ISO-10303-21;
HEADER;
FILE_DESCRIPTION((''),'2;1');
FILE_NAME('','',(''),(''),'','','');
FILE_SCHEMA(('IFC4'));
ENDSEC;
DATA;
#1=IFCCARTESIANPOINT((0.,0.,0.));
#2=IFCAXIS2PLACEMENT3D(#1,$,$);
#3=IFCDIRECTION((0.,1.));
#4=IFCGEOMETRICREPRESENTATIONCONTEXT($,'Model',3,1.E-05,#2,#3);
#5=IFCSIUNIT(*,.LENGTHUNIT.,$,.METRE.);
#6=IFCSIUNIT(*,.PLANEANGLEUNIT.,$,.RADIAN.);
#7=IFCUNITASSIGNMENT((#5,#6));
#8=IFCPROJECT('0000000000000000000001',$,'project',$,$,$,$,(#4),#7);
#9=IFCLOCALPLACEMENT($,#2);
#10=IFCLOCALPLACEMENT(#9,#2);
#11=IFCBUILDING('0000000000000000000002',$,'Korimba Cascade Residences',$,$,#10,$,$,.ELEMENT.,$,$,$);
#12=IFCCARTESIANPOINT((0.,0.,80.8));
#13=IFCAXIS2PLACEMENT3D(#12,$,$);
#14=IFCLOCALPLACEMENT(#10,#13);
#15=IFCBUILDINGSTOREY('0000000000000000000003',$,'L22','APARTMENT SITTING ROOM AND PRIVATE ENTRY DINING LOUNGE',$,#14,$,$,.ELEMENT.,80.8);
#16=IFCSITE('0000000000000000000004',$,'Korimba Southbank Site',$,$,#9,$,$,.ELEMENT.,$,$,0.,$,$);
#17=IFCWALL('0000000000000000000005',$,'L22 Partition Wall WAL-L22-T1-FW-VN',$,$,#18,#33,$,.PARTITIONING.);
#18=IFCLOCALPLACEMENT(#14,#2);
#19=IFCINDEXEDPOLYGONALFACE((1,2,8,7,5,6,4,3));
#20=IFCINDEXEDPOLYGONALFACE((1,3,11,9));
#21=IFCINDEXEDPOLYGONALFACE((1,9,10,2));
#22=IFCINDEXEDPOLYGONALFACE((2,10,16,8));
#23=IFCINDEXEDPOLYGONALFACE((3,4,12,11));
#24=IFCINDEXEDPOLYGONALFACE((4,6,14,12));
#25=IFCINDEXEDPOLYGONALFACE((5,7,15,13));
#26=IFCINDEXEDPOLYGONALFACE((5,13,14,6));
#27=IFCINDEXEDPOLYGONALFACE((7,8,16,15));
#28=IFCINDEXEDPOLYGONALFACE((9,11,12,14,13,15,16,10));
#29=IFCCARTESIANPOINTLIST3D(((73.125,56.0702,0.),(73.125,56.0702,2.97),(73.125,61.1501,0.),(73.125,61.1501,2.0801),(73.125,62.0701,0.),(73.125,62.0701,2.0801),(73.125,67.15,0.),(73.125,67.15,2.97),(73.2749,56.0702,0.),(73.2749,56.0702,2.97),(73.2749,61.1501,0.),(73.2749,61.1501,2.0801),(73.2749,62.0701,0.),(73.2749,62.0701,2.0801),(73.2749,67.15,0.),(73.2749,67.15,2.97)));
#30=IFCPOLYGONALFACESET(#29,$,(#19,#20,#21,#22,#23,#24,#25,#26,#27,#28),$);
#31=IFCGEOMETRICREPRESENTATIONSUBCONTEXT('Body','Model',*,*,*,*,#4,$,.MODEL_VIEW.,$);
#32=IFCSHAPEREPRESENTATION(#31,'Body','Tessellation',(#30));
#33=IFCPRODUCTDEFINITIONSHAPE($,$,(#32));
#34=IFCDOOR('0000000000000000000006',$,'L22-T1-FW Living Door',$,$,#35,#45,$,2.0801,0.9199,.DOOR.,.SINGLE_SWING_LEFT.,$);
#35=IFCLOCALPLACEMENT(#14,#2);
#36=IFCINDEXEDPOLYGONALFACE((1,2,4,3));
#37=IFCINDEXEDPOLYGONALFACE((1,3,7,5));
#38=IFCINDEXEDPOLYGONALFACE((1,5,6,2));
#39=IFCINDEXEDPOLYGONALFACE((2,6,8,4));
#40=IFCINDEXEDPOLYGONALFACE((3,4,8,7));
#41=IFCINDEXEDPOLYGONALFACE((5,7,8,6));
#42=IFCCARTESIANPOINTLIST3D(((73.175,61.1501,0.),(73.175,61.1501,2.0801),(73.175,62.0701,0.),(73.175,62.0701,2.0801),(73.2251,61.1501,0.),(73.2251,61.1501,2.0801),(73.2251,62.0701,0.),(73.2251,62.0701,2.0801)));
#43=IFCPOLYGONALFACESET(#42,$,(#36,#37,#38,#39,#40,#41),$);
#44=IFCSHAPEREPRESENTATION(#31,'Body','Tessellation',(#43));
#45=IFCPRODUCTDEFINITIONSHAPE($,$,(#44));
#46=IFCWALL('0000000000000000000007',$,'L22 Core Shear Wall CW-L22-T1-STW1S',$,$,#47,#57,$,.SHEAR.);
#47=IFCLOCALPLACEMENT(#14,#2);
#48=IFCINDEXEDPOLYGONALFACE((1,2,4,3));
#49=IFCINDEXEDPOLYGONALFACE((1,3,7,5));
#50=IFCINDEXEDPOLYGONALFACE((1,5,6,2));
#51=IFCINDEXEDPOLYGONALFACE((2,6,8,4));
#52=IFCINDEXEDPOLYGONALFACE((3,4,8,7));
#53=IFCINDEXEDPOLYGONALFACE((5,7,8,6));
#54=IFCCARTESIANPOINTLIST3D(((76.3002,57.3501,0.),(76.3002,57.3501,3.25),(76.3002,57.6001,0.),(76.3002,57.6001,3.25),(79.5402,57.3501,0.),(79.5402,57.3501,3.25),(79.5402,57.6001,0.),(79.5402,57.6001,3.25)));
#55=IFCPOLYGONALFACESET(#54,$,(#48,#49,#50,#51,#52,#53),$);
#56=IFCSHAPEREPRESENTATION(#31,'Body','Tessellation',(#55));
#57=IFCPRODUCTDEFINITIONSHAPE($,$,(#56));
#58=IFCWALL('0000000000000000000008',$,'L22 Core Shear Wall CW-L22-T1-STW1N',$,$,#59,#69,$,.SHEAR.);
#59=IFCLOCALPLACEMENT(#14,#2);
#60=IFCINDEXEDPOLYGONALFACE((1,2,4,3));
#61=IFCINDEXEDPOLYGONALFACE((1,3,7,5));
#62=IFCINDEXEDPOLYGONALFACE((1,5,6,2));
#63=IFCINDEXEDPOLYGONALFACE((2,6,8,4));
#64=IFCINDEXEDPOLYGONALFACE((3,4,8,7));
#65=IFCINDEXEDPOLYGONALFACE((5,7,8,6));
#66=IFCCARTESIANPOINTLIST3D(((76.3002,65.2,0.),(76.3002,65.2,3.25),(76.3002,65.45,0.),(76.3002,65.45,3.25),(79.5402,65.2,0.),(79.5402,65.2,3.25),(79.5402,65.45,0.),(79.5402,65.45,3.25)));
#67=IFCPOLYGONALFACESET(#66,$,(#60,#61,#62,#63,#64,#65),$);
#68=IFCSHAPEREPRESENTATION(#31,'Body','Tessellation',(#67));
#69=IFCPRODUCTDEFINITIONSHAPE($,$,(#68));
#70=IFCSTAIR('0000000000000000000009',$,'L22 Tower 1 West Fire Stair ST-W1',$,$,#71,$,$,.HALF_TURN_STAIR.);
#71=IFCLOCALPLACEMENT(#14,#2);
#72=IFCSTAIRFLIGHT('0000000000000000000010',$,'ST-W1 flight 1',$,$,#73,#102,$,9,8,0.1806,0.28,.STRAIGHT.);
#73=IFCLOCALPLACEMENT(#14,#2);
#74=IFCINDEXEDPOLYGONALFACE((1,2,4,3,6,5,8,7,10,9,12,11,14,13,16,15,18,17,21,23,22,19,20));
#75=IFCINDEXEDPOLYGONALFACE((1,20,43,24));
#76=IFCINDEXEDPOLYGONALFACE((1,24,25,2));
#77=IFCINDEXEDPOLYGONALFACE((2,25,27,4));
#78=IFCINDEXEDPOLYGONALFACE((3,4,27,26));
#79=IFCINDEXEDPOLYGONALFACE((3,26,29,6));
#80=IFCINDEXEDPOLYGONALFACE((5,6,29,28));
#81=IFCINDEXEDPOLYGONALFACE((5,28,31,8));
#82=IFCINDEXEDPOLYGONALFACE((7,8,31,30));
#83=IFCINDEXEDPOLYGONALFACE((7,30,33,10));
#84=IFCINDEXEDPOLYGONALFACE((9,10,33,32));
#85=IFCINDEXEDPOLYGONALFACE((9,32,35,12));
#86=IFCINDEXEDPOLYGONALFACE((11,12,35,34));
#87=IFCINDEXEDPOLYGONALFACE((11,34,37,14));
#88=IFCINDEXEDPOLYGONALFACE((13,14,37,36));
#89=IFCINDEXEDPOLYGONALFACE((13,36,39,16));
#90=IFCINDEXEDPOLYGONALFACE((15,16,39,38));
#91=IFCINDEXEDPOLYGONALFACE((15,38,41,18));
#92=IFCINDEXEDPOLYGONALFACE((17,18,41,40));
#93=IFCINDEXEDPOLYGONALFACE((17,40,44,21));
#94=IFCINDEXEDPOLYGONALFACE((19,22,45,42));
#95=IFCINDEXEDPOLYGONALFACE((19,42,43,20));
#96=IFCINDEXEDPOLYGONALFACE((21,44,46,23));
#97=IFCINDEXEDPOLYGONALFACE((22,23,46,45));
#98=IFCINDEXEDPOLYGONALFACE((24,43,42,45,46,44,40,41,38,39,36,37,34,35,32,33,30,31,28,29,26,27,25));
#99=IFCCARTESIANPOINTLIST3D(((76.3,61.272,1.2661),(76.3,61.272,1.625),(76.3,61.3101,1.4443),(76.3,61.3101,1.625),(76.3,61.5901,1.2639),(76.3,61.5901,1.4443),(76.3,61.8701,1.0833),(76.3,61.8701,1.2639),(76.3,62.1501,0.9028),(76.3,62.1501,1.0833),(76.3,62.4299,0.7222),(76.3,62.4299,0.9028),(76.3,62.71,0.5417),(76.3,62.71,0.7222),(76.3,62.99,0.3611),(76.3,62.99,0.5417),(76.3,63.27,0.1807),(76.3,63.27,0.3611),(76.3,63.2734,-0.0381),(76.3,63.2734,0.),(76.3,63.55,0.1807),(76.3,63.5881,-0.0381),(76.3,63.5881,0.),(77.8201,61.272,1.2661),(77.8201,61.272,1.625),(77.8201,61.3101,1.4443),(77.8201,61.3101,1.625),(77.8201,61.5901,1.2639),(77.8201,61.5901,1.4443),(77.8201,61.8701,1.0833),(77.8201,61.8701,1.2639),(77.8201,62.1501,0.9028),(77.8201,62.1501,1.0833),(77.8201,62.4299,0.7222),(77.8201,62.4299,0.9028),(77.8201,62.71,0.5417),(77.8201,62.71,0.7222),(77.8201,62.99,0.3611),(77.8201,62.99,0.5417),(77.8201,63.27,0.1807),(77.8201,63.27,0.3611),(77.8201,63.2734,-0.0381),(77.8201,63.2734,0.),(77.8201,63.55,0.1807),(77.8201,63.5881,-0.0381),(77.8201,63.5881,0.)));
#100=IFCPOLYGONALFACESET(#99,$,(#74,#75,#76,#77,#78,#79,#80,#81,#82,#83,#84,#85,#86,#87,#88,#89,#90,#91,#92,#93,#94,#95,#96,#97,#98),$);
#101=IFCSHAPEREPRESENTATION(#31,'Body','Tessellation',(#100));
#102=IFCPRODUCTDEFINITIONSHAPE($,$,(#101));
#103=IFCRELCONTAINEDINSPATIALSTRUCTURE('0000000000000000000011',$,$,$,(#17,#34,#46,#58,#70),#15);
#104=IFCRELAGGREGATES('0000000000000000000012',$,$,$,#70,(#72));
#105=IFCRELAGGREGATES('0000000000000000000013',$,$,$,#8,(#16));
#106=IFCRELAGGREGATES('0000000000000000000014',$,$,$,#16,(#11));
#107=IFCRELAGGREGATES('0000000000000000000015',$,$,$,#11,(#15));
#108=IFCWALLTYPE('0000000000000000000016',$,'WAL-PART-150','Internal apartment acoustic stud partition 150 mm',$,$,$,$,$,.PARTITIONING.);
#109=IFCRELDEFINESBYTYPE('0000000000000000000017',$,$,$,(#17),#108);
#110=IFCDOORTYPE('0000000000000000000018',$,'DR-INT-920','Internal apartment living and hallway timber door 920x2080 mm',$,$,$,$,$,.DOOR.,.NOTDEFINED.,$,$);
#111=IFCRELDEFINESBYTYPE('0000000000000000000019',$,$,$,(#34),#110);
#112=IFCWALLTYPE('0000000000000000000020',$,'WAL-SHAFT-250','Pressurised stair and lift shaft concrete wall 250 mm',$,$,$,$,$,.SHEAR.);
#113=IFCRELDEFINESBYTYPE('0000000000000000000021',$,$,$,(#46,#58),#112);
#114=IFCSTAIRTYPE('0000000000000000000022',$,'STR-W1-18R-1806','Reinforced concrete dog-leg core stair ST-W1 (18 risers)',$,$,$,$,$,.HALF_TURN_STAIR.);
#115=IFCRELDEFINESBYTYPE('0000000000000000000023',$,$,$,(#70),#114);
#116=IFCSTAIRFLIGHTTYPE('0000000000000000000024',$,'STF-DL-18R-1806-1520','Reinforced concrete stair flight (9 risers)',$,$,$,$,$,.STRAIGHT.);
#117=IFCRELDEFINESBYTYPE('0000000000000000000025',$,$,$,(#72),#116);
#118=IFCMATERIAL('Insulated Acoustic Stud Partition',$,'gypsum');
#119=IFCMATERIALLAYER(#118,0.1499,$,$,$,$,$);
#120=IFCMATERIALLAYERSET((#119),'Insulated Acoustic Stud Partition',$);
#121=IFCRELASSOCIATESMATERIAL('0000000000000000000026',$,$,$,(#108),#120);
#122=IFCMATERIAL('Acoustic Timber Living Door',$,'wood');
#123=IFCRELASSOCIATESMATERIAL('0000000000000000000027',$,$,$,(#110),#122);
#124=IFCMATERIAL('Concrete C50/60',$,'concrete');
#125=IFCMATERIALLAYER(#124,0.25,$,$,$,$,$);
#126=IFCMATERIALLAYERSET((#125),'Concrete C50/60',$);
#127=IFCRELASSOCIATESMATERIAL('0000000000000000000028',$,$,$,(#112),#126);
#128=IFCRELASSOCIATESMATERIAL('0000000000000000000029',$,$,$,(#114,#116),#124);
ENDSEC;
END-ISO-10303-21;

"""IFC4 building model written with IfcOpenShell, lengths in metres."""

from ifc_helpers import new_model, si_unit, direction, frame, frame_2d, origin, place, context, subcontext, project, spatial, polyline, rectangle, outline, extrude, material, layer, layer_set, type_object, element, fill, aggregate, save


model = new_model("IFC4")

# Units and contexts
model_context = context("Model", 3, precision=1e-05, world=origin(), true_north=direction((0.0, 1.0)))
body_context = subcontext(model_context, "Body", "Model", "MODEL_VIEW")
ifc_project = project(units=[si_unit("LENGTHUNIT", "METRE"), si_unit("PLANEANGLEUNIT", "RADIAN")], contexts=[model_context])

# Site, building, storey
site_placement = place(None, origin())
site = spatial("IfcSite", under=ifc_project, at=site_placement, Name="Korimba Southbank Site", CompositionType="ELEMENT", RefElevation=0.0)
building_placement = place(site_placement, origin())
building = spatial("IfcBuilding", under=site, at=building_placement, Name="Korimba Cascade Residences", CompositionType="ELEMENT")
storey_placement = place(building_placement, frame((0.0, 0.0, 80.8)))
storey = spatial("IfcBuildingStorey", under=building, at=storey_placement, Name="L22", Description="APARTMENT SITTING ROOM AND PRIVATE ENTRY DINING LOUNGE", CompositionType="ELEMENT", Elevation=80.8)

# Wall, opening, door
ifc_material_1 = material(Name="Insulated Acoustic Stud Partition", Category="gypsum")
ifc_layer_1 = layer(ifc_material_1, 0.1499)
ifc_layer_set_1 = layer_set([ifc_layer_1], Name="Insulated Acoustic Stud Partition")
wall_type_1 = type_object("IfcWallType", Name="WAL-PART-150", Description="Internal apartment acoustic stud partition 150 mm", PredefinedType="PARTITIONING", material=ifc_layer_set_1)
wall_1_placement = place(storey_placement, frame((73.2, 56.0701, 0.0), z_axis=(0.0, 0.0, 1.0), x_axis=(0.0, 1.0, 0.0)))
wall_1 = element("IfcWall", 1, at=wall_1_placement, inside=storey, type_object=wall_type_1, Name="L22 Partition Wall WAL-L22-T1-FW-VN", PredefinedType="PARTITIONING", context=body_context, shape_type="SweptSolid", body=[
    extrude(rectangle(XDim=11.0798, YDim=0.1499, at=frame_2d((5.54, 0.0))), origin(), (0.0, 0.0, 1.0), 2.97),
])
opening_1_placement = place(wall_1_placement, frame((5.0801, 0.0, 0.0)))
opening_1 = element("IfcOpeningElement", 2, at=opening_1_placement, cuts=wall_1, PredefinedType="OPENING", context=body_context, shape_type="SweptSolid", body=[
    extrude(rectangle(XDim=0.9199, YDim=2.0801, at=frame_2d((0.46, 1.04))), frame((0.0, 0.085, 0.0), z_axis=(0.0, -1.0, 0.0), x_axis=(1.0, 0.0, 0.0)), (0.0, 0.0, 1.0), 0.1699),
])
ifc_material_2 = material(Name="Acoustic Timber Living Door", Category="wood")
door_type_1 = type_object("IfcDoorType", Name="DR-INT-920", Description="Internal apartment living and hallway timber door 920x2080 mm", OperationType="NOTDEFINED", PredefinedType="DOOR", material=ifc_material_2)
door_1_placement = place(opening_1_placement, origin())
door_1 = element("IfcDoor", 3, at=door_1_placement, inside=storey, type_object=door_type_1, Name="L22-T1-FW Living Door", OperationType="SINGLE_SWING_LEFT", OverallHeight=2.0801, OverallWidth=0.9199, PredefinedType="DOOR", context=body_context, shape_type="SweptSolid", body=[
    extrude(rectangle(XDim=0.9199, YDim=2.0801, at=frame_2d((0.46, 1.04))), frame((0.0, 0.0249, 0.0), z_axis=(0.0, -1.0, 0.0), x_axis=(1.0, 0.0, 0.0)), (0.0, 0.0, 1.0), 0.05),
])
fill(opening_1, door_1)

# Walls
ifc_material_3 = material(Name="Concrete C50/60", Category="concrete")
ifc_layer_2 = layer(ifc_material_3, 0.25)
ifc_layer_set_2 = layer_set([ifc_layer_2], Name="Concrete C50/60")
wall_type_2 = type_object("IfcWallType", Name="WAL-SHAFT-250", Description="Pressurised stair and lift shaft concrete wall 250 mm", PredefinedType="SHEAR", material=ifc_layer_set_2)
for number, where, z_axis, x_axis, name in (
    (4, (76.3, 57.4751, 0.0), (0.0, 0.0, 1.0), (1.0, 0.0, 0.0), "L22 Core Shear Wall CW-L22-T1-STW1S"),
    (5, (76.3, 65.325, 0.0), (0.0, 0.0, 1.0), (1.0, 0.0, 0.0), "L22 Core Shear Wall CW-L22-T1-STW1N"),
):
    element("IfcWall", number, at=place(storey_placement, frame(where, z_axis=z_axis, x_axis=x_axis)), inside=storey, type_object=wall_type_2, Name=name, PredefinedType="SHEAR", context=body_context, shape_type="SweptSolid", body=[
        extrude(rectangle(XDim=3.24, YDim=0.25, at=frame_2d((1.6201, 0.0))), origin(), (0.0, 0.0, 1.0), 3.25),
    ])

# Stair, stair flight
stair_type = type_object("IfcStairType", Name="STR-W1-18R-1806", Description="Reinforced concrete dog-leg core stair ST-W1 (18 risers)", PredefinedType="HALF_TURN_STAIR", material=ifc_material_3)
stair_placement = place(storey_placement, origin())
stair = element("IfcStair", 6, at=stair_placement, inside=storey, type_object=stair_type, Name="L22 Tower 1 West Fire Stair ST-W1", PredefinedType="HALF_TURN_STAIR")
stair_flight_type = type_object("IfcStairFlightType", Name="STF-DL-18R-1806-1520", Description="Reinforced concrete stair flight (9 risers)", PredefinedType="STRAIGHT", material=ifc_material_3)
stair_flight_placement = place(storey_placement, frame((77.0601, 63.55, 0.0), z_axis=(0.0, 0.0, 1.0), x_axis=(0.0, -1.0, 0.0)))
stair_flight = element("IfcStairFlight", 7, at=stair_flight_placement, type_object=stair_flight_type, Name="ST-W1 flight 1", NumberOfRisers=9, NumberOfTreads=8, PredefinedType="STRAIGHT", RiserHeight=0.1806, TreadLength=0.28, context=body_context, shape_type="SweptSolid", body=[
    extrude(outline(polyline([(-0.0381, 0.0), (0.0, 0.1807), (0.28, 0.1807), (0.28, 0.3611), (0.5601, 0.3611), (0.5601, 0.5417), (0.8401, 0.5417), (0.8401, 0.7222), (1.1201, 0.7222), (1.1201, 0.9028), (1.3999, 0.9028), (1.3999, 1.0833), (1.6799, 1.0833), (1.6799, 1.2639), (1.96, 1.2639), (1.96, 1.4443), (2.24, 1.4443), (2.24, 1.625), (2.2781, 1.625), (2.2781, 1.2661), (0.2766, 0.0), (0.2766, -0.0381), (-0.0381, -0.0381), (-0.0381, 0.0)])), frame((0.0, 0.76, 0.0), z_axis=(0.0, -1.0, 0.0), x_axis=(1.0, 0.0, 0.0)), (0.0, 0.0, 1.0), 1.52),
])
aggregate(stair, [stair_flight])

save(model, "model.ifc")
